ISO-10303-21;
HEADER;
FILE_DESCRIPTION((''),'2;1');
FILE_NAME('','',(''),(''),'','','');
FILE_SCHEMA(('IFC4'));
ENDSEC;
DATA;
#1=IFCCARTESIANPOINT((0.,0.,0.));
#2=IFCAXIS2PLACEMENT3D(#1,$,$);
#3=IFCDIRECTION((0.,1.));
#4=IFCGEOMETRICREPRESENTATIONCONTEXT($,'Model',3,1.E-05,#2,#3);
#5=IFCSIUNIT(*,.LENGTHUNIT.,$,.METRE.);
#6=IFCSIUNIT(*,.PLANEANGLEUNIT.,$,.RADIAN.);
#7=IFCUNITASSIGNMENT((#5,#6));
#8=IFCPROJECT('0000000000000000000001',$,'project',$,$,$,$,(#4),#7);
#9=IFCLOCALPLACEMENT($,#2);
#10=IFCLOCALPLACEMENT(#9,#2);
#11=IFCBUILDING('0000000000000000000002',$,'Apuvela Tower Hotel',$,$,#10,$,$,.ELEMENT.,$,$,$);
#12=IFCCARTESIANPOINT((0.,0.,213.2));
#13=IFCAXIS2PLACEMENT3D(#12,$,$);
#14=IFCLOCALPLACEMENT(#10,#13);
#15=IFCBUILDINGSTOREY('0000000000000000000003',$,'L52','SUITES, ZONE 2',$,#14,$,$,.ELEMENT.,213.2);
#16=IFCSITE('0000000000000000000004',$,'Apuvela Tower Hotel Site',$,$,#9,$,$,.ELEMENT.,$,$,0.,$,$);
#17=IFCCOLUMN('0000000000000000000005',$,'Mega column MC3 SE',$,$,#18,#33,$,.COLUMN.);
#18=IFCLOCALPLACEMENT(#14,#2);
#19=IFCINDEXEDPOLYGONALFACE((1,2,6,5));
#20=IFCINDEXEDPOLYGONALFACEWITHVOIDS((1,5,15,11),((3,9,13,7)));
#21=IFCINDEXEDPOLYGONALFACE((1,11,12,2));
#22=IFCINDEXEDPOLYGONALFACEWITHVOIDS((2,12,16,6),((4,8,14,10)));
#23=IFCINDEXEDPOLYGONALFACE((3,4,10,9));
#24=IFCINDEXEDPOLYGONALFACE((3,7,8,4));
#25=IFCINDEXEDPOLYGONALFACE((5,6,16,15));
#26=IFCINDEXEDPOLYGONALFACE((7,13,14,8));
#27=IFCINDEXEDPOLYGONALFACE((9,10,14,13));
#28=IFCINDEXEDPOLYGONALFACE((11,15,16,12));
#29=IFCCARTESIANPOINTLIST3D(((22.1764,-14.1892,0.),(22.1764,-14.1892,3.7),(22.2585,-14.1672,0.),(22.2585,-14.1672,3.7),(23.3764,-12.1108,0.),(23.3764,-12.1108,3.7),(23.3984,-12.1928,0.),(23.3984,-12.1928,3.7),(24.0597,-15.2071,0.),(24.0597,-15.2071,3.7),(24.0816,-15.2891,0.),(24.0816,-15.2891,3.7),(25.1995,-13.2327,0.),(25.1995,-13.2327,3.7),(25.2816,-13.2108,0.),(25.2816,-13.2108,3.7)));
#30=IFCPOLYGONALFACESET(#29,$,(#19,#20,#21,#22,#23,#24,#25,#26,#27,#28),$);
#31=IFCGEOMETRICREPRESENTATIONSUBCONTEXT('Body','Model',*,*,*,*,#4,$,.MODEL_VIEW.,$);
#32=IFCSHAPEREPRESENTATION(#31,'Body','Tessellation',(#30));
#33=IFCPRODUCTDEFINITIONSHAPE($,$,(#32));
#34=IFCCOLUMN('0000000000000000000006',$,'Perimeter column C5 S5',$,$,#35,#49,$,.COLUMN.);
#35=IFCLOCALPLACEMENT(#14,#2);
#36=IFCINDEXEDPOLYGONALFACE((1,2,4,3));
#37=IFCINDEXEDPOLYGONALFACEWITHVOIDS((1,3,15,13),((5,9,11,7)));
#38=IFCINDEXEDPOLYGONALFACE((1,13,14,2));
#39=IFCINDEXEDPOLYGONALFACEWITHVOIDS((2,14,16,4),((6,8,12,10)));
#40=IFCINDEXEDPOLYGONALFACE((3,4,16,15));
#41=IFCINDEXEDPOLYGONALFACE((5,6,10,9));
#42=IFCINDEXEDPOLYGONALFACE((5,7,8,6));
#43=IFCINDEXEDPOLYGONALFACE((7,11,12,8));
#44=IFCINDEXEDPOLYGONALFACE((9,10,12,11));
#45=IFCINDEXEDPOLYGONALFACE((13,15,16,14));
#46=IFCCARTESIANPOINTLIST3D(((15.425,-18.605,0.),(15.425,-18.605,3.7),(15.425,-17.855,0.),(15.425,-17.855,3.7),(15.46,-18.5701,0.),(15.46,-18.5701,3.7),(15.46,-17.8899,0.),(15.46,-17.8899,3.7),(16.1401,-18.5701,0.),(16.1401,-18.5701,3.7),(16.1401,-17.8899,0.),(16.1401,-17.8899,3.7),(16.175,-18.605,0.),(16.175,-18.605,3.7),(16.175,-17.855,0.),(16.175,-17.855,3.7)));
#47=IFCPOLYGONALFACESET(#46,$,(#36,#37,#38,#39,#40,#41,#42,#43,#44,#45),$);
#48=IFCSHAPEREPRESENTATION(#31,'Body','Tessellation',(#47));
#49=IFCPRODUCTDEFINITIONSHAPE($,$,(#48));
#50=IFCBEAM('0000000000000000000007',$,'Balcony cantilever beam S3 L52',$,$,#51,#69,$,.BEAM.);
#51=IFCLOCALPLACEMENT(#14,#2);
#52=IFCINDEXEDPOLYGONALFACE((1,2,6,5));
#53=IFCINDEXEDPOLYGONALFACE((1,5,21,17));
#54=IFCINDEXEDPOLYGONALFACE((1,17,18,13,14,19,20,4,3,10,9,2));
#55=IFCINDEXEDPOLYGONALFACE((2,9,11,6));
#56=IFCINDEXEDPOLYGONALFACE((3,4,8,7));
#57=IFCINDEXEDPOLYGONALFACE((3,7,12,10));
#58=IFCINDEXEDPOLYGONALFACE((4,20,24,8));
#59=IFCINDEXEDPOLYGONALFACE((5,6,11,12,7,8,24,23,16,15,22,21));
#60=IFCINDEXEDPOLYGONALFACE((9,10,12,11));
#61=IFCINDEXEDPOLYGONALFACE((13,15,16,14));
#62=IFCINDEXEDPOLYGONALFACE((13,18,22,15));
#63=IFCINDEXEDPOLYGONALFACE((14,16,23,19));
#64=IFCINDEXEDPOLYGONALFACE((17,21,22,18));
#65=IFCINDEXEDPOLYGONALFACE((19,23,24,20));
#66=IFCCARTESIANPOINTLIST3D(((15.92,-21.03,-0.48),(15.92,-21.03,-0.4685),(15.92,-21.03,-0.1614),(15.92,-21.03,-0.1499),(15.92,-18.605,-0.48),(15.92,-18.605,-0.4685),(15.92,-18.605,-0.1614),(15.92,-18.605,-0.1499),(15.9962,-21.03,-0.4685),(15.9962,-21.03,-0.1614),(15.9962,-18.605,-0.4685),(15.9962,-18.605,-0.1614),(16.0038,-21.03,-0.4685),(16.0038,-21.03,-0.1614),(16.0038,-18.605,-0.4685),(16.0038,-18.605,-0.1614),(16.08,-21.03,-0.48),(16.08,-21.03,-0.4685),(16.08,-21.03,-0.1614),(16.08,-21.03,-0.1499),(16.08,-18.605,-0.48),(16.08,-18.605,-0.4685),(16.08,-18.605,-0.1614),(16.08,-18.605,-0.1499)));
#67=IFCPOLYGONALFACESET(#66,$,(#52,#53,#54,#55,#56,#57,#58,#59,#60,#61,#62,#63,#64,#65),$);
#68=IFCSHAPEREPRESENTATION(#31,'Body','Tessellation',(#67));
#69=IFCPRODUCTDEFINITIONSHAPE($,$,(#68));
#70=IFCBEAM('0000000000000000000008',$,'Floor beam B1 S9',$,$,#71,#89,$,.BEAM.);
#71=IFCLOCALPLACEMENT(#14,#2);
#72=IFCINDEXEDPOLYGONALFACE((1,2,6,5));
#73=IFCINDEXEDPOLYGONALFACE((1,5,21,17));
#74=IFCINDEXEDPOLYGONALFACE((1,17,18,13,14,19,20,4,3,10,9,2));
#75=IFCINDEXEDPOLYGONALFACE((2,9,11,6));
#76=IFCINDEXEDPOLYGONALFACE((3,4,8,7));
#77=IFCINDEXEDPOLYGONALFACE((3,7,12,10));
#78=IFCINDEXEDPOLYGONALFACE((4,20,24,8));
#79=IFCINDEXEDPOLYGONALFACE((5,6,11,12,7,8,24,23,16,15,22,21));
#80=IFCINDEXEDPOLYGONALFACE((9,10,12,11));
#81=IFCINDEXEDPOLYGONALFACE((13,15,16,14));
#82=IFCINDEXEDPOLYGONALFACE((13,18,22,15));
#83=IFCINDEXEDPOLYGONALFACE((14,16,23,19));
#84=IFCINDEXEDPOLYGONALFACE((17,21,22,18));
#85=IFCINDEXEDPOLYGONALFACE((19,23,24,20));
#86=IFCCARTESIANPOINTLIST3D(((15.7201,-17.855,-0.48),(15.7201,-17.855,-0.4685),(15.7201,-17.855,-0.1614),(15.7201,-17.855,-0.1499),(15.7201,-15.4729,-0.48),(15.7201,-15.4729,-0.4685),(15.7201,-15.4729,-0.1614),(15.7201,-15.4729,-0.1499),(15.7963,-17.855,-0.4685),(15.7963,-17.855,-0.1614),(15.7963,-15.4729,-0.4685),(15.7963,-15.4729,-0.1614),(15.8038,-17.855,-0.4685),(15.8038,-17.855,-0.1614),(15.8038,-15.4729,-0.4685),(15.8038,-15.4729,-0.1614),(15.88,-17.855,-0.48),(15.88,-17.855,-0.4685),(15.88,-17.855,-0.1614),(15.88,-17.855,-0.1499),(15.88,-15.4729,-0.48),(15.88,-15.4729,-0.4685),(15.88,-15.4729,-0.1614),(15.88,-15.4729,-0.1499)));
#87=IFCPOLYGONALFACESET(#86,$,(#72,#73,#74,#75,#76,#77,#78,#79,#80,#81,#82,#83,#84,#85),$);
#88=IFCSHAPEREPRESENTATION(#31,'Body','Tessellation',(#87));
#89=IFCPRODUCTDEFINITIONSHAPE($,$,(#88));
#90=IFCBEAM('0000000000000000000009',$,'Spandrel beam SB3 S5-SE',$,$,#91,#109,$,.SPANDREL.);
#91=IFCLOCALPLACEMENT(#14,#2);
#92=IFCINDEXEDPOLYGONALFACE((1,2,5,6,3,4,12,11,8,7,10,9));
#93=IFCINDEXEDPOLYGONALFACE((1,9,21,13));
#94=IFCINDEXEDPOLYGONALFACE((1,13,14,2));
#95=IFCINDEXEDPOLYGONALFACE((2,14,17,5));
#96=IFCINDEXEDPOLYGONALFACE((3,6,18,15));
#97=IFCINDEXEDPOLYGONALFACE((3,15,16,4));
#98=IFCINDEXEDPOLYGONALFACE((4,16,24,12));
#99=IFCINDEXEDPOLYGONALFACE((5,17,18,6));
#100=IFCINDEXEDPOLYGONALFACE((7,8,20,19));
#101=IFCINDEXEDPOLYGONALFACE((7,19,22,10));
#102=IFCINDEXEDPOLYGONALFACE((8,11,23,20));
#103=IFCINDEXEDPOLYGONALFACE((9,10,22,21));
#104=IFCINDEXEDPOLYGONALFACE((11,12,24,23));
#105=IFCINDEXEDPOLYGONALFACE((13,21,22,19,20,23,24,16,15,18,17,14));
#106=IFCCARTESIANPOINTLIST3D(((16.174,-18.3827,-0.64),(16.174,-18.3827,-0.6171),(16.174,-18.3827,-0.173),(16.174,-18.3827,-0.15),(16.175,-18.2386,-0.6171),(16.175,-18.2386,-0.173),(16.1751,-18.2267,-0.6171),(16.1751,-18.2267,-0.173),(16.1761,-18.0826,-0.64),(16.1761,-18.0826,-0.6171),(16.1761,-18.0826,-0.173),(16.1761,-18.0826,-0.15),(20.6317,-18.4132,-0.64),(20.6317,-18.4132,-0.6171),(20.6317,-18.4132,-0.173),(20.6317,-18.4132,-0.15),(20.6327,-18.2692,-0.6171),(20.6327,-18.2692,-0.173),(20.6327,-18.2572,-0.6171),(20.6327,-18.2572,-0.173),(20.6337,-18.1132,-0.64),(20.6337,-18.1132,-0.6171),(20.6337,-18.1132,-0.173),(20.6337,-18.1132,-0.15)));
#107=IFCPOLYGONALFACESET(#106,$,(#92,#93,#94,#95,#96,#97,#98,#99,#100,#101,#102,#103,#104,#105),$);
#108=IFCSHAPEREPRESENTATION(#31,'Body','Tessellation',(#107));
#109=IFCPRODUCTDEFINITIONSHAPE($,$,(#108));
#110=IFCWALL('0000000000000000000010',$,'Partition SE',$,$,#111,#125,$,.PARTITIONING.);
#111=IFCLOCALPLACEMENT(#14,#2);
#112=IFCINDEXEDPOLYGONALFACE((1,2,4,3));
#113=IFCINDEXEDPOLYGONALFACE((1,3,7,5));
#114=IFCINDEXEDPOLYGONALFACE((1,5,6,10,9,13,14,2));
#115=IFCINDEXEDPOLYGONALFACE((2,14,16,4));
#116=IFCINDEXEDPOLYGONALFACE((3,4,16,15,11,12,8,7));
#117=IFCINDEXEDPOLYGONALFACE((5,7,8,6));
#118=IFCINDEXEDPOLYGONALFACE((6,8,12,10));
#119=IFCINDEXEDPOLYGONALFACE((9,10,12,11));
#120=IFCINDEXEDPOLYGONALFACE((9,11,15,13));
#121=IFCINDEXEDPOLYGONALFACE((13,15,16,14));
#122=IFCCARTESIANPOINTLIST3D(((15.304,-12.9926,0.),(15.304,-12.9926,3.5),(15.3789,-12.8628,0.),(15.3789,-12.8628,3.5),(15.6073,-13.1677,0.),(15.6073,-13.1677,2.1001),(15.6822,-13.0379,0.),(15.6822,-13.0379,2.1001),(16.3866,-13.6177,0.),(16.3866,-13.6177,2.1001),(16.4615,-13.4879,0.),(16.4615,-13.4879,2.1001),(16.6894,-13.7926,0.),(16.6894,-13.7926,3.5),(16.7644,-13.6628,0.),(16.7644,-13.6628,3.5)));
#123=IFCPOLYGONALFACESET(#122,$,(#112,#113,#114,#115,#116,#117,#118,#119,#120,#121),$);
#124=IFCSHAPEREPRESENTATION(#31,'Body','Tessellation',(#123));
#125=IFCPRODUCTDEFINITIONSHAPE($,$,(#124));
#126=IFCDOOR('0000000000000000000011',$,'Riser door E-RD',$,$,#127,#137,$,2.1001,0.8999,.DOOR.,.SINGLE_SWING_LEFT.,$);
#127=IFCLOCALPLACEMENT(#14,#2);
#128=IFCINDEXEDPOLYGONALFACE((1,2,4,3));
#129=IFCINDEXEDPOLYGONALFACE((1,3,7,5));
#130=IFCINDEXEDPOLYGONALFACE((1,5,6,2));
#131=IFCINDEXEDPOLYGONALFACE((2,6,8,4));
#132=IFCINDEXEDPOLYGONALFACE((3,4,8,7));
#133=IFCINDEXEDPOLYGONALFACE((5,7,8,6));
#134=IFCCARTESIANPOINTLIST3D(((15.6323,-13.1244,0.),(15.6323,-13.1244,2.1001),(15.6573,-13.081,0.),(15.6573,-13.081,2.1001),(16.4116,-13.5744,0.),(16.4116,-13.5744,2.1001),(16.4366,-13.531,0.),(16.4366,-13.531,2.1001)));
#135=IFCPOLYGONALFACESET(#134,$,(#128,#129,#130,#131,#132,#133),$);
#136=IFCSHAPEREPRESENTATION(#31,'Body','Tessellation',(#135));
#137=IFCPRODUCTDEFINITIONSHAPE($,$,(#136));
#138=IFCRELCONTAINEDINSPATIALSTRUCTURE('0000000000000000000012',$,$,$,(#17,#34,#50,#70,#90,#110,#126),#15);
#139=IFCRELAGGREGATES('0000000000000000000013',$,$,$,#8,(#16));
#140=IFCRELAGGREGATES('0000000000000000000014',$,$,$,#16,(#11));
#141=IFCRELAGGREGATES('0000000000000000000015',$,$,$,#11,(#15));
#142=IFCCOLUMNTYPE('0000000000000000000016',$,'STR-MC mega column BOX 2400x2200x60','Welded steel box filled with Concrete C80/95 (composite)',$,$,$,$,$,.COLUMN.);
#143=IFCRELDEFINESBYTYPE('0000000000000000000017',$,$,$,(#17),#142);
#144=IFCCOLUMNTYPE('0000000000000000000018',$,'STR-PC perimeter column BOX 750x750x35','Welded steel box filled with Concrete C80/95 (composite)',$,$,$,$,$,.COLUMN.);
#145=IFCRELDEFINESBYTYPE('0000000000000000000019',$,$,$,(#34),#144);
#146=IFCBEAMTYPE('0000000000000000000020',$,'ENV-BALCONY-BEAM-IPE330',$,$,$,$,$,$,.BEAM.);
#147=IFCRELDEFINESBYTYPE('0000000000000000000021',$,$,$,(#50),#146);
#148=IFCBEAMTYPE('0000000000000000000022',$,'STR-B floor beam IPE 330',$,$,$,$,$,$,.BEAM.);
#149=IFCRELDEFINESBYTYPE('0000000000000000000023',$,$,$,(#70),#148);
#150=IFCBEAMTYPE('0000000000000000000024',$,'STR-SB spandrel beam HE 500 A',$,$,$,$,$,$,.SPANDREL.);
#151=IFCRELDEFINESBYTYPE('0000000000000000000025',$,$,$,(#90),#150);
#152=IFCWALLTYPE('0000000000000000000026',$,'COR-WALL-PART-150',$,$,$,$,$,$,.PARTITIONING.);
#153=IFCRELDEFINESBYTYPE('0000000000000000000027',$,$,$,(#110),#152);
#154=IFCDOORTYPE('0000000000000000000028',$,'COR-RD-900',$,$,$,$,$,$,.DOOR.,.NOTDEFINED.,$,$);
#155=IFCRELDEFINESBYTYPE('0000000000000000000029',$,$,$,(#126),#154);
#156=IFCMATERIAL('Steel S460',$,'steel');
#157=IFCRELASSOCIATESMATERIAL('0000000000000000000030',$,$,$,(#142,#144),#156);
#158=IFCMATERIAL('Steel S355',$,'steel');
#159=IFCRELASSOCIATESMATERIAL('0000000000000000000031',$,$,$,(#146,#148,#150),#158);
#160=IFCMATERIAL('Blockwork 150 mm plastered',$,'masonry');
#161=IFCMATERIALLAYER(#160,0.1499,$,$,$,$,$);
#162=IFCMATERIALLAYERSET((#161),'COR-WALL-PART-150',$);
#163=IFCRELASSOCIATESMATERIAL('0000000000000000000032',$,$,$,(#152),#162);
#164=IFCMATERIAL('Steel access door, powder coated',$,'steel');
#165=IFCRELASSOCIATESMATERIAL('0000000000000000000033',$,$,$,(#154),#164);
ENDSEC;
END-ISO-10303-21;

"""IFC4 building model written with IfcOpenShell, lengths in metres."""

from ifc_helpers import new_model, si_unit, direction, frame, frame_2d, origin, origin_2d, place, context, subcontext, project, spatial, rectangle, hollow_rectangle, i_section, extrude, material, layer, layer_set, material_profile, profile_set, type_object, element, fill, save


model = new_model("IFC4")

# Units and contexts
model_context = context("Model", 3, precision=1e-05, world=origin(), true_north=direction((0.0, 1.0)))
body_context = subcontext(model_context, "Body", "Model", "MODEL_VIEW")
ifc_project = project(units=[si_unit("LENGTHUNIT", "METRE"), si_unit("PLANEANGLEUNIT", "RADIAN")], contexts=[model_context])

# Site, building, storey
site_placement = place(None, origin())
site = spatial("IfcSite", under=ifc_project, at=site_placement, Name="Apuvela Tower Hotel Site", CompositionType="ELEMENT", RefElevation=0.0)
building_placement = place(site_placement, origin())
building = spatial("IfcBuilding", under=site, at=building_placement, Name="Apuvela Tower Hotel", CompositionType="ELEMENT")
storey_placement = place(building_placement, frame((0.0, 0.0, 213.2)))
storey = spatial("IfcBuildingStorey", under=building, at=storey_placement, Name="L52", Description="SUITES, ZONE 2", CompositionType="ELEMENT", Elevation=213.2)

# Columns
ifc_material_1 = material(Name="Steel S460", Category="steel")
ifc_material_profile_1 = material_profile(ifc_material_1, hollow_rectangle(XDim=2.3999, YDim=2.2, WallThickness=0.0601, at=origin_2d()), Name="BOX 2400x2200x60")
ifc_material_2 = material(Name="Concrete C80/95", Category="concrete")
ifc_material_profile_2 = material_profile(ifc_material_2, rectangle(XDim=2.28, YDim=2.0801, at=origin_2d()), Name="Concrete C80/95 infill")
ifc_profile_set_1 = profile_set([ifc_material_profile_1, ifc_material_profile_2], Name="Steel S460")
column_type_1 = type_object("IfcColumnType", Name="STR-MC mega column BOX 2400x2200x60", Description="Welded steel box filled with Concrete C80/95 (composite)", PredefinedType="COLUMN", material=ifc_profile_set_1)
column_1_placement = place(storey_placement, frame((23.729, -13.7, 0.0), z_axis=(0.0, 0.0, 1.0), x_axis=(0.5, 0.866025, 0.0)))
element("IfcColumn", 1, at=column_1_placement, inside=storey, type_object=column_type_1, Name="Mega column MC3 SE", PredefinedType="COLUMN", context=body_context, shape_type="SweptSolid", body=[
    extrude(hollow_rectangle(XDim=2.3999, YDim=2.2, WallThickness=0.0601, at=origin_2d()), origin(), (0.0, 0.0, 1.0), 3.7),
])
ifc_material_profile_3 = material_profile(ifc_material_1, hollow_rectangle(XDim=0.75, YDim=0.75, WallThickness=0.0349, at=origin_2d()), Name="BOX 750x750x35")
ifc_material_profile_4 = material_profile(ifc_material_2, rectangle(XDim=0.6799, YDim=0.6799, at=origin_2d()), Name="Concrete C80/95 infill")
ifc_profile_set_2 = profile_set([ifc_material_profile_3, ifc_material_profile_4], Name="Steel S460")
column_type_2 = type_object("IfcColumnType", Name="STR-PC perimeter column BOX 750x750x35", Description="Welded steel box filled with Concrete C80/95 (composite)", PredefinedType="COLUMN", material=ifc_profile_set_2)
column_2_placement = place(storey_placement, frame((15.8, -18.23, 0.0), z_axis=(0.0, 0.0, 1.0), x_axis=(-1.0, 0.0, 0.0)))
element("IfcColumn", 2, at=column_2_placement, inside=storey, type_object=column_type_2, Name="Perimeter column C5 S5", PredefinedType="COLUMN", context=body_context, shape_type="SweptSolid", body=[
    extrude(hollow_rectangle(XDim=0.75, YDim=0.75, WallThickness=0.0349, at=origin_2d()), origin(), (0.0, 0.0, 1.0), 3.7),
])

# Beams
ifc_material_3 = material(Name="Steel S355", Category="steel")
ifc_material_profile_5 = material_profile(ifc_material_3, i_section(OverallWidth=0.1599, OverallDepth=0.3301, WebThickness=0.0076, FlangeThickness=0.0115, at=origin_2d()), Name="IPE 330")
ifc_profile_set_3 = profile_set([ifc_material_profile_5], Name="Steel S355")
beam_type_1 = type_object("IfcBeamType", Name="ENV-BALCONY-BEAM-IPE330", PredefinedType="BEAM", material=ifc_profile_set_3)
beam_1_placement = place(storey_placement, frame((16.0, -18.605, -0.3149), z_axis=(0.0, -1.0, 0.0), x_axis=(1.0, 0.0, 0.0)))
element("IfcBeam", 3, at=beam_1_placement, inside=storey, type_object=beam_type_1, Name="Balcony cantilever beam S3 L52", PredefinedType="BEAM", context=body_context, shape_type="SweptSolid", body=[
    extrude(i_section(OverallWidth=0.1599, OverallDepth=0.3301, WebThickness=0.0076, FlangeThickness=0.0115, at=origin_2d()), origin(), (0.0, 0.0, 1.0), 2.425),
])
ifc_material_profile_6 = material_profile(ifc_material_3, i_section(OverallWidth=0.1599, OverallDepth=0.3301, WebThickness=0.0076, FlangeThickness=0.0115, at=origin_2d()), Name="IPE 330")
ifc_profile_set_4 = profile_set([ifc_material_profile_6], Name="Steel S355")
beam_type_2 = type_object("IfcBeamType", Name="STR-B floor beam IPE 330", PredefinedType="BEAM", material=ifc_profile_set_4)
beam_2_placement = place(storey_placement, frame((15.8, -17.855, -0.3149), z_axis=(0.0, 1.0, 0.0), x_axis=(-1.0, 0.0, 0.0)))
element("IfcBeam", 4, at=beam_2_placement, inside=storey, type_object=beam_type_2, Name="Floor beam B1 S9", PredefinedType="BEAM", context=body_context, shape_type="SweptSolid", body=[
    extrude(i_section(OverallWidth=0.1599, OverallDepth=0.3301, WebThickness=0.0076, FlangeThickness=0.0115, at=origin_2d()), origin(), (0.0, 0.0, 1.0), 2.3821),
])
ifc_material_profile_7 = material_profile(ifc_material_3, i_section(OverallWidth=0.3, OverallDepth=0.49, WebThickness=0.012, FlangeThickness=0.0229, at=origin_2d()), Name="HE 500 A")
ifc_profile_set_5 = profile_set([ifc_material_profile_7], Name="Steel S355")
beam_type_3 = type_object("IfcBeamType", Name="STR-SB spandrel beam HE 500 A", PredefinedType="SPANDREL", material=ifc_profile_set_5)
beam_3_placement = place(storey_placement, frame((16.175, -18.2327, -0.395), z_axis=(0.999977, -0.006846, 0.0), x_axis=(0.006846, 0.999977, 0.0)))
element("IfcBeam", 5, at=beam_3_placement, inside=storey, type_object=beam_type_3, Name="Spandrel beam SB3 S5-SE", PredefinedType="SPANDREL", context=body_context, shape_type="SweptSolid", body=[
    extrude(i_section(OverallWidth=0.3, OverallDepth=0.49, WebThickness=0.012, FlangeThickness=0.0229, at=origin_2d()), origin(), (0.0, 0.0, 1.0), 4.4578),
])

# Wall, opening, door
ifc_material_4 = material(Name="Blockwork 150 mm plastered", Category="masonry")
ifc_layer_1 = layer(ifc_material_4, 0.1499)
ifc_layer_set_1 = layer_set([ifc_layer_1], Name="COR-WALL-PART-150")
wall_type_1 = type_object("IfcWallType", Name="COR-WALL-PART-150", PredefinedType="PARTITIONING", material=ifc_layer_set_1)
wall_1_placement = place(storey_placement, frame((15.3416, -12.9277, 0.0), z_axis=(0.0, 0.0, 1.0), x_axis=(0.86599, -0.500061, 0.0)))
wall_1 = element("IfcWall", 6, at=wall_1_placement, inside=storey, type_object=wall_type_1, Name="Partition SE", PredefinedType="PARTITIONING", context=body_context, shape_type="SweptSolid", body=[
    extrude(rectangle(XDim=1.5999, YDim=0.1499, at=frame_2d((0.7998, 0.0))), origin(), (0.0, 0.0, 1.0), 3.5),
])
opening_1_placement = place(wall_1_placement, frame((0.3501, 0.0, 0.0)))
opening_1 = element("IfcOpeningElement", 7, at=opening_1_placement, cuts=wall_1, PredefinedType="OPENING", context=body_context, shape_type="SweptSolid", body=[
    extrude(rectangle(XDim=0.8999, YDim=2.1001, at=frame_2d((0.45, 1.05))), frame((0.0, 0.085, 0.0), z_axis=(0.0, -1.0, 0.0), x_axis=(1.0, 0.0, 0.0)), (0.0, 0.0, 1.0), 0.1699),
])
ifc_material_5 = material(Name="Steel access door, powder coated", Category="steel")
door_type_1 = type_object("IfcDoorType", Name="COR-RD-900", OperationType="NOTDEFINED", PredefinedType="DOOR", material=ifc_material_5)
door_1_placement = place(opening_1_placement, frame((0.8999, 0.0, 0.0), z_axis=(0.0, 0.0, 1.0), x_axis=(-1.0, 0.0, 0.0)))
door_1 = element("IfcDoor", 8, at=door_1_placement, inside=storey, type_object=door_type_1, Name="Riser door E-RD", OperationType="SINGLE_SWING_LEFT", OverallHeight=2.1001, OverallWidth=0.8999, PredefinedType="DOOR", context=body_context, shape_type="SweptSolid", body=[
    extrude(rectangle(XDim=0.8999, YDim=2.1001, at=frame_2d((0.45, 1.05))), frame((0.0, 0.0249, 0.0), z_axis=(0.0, -1.0, 0.0), x_axis=(1.0, 0.0, 0.0)), (0.0, 0.0, 1.0), 0.05),
])
fill(opening_1, door_1)

save(model, "model.ifc")
